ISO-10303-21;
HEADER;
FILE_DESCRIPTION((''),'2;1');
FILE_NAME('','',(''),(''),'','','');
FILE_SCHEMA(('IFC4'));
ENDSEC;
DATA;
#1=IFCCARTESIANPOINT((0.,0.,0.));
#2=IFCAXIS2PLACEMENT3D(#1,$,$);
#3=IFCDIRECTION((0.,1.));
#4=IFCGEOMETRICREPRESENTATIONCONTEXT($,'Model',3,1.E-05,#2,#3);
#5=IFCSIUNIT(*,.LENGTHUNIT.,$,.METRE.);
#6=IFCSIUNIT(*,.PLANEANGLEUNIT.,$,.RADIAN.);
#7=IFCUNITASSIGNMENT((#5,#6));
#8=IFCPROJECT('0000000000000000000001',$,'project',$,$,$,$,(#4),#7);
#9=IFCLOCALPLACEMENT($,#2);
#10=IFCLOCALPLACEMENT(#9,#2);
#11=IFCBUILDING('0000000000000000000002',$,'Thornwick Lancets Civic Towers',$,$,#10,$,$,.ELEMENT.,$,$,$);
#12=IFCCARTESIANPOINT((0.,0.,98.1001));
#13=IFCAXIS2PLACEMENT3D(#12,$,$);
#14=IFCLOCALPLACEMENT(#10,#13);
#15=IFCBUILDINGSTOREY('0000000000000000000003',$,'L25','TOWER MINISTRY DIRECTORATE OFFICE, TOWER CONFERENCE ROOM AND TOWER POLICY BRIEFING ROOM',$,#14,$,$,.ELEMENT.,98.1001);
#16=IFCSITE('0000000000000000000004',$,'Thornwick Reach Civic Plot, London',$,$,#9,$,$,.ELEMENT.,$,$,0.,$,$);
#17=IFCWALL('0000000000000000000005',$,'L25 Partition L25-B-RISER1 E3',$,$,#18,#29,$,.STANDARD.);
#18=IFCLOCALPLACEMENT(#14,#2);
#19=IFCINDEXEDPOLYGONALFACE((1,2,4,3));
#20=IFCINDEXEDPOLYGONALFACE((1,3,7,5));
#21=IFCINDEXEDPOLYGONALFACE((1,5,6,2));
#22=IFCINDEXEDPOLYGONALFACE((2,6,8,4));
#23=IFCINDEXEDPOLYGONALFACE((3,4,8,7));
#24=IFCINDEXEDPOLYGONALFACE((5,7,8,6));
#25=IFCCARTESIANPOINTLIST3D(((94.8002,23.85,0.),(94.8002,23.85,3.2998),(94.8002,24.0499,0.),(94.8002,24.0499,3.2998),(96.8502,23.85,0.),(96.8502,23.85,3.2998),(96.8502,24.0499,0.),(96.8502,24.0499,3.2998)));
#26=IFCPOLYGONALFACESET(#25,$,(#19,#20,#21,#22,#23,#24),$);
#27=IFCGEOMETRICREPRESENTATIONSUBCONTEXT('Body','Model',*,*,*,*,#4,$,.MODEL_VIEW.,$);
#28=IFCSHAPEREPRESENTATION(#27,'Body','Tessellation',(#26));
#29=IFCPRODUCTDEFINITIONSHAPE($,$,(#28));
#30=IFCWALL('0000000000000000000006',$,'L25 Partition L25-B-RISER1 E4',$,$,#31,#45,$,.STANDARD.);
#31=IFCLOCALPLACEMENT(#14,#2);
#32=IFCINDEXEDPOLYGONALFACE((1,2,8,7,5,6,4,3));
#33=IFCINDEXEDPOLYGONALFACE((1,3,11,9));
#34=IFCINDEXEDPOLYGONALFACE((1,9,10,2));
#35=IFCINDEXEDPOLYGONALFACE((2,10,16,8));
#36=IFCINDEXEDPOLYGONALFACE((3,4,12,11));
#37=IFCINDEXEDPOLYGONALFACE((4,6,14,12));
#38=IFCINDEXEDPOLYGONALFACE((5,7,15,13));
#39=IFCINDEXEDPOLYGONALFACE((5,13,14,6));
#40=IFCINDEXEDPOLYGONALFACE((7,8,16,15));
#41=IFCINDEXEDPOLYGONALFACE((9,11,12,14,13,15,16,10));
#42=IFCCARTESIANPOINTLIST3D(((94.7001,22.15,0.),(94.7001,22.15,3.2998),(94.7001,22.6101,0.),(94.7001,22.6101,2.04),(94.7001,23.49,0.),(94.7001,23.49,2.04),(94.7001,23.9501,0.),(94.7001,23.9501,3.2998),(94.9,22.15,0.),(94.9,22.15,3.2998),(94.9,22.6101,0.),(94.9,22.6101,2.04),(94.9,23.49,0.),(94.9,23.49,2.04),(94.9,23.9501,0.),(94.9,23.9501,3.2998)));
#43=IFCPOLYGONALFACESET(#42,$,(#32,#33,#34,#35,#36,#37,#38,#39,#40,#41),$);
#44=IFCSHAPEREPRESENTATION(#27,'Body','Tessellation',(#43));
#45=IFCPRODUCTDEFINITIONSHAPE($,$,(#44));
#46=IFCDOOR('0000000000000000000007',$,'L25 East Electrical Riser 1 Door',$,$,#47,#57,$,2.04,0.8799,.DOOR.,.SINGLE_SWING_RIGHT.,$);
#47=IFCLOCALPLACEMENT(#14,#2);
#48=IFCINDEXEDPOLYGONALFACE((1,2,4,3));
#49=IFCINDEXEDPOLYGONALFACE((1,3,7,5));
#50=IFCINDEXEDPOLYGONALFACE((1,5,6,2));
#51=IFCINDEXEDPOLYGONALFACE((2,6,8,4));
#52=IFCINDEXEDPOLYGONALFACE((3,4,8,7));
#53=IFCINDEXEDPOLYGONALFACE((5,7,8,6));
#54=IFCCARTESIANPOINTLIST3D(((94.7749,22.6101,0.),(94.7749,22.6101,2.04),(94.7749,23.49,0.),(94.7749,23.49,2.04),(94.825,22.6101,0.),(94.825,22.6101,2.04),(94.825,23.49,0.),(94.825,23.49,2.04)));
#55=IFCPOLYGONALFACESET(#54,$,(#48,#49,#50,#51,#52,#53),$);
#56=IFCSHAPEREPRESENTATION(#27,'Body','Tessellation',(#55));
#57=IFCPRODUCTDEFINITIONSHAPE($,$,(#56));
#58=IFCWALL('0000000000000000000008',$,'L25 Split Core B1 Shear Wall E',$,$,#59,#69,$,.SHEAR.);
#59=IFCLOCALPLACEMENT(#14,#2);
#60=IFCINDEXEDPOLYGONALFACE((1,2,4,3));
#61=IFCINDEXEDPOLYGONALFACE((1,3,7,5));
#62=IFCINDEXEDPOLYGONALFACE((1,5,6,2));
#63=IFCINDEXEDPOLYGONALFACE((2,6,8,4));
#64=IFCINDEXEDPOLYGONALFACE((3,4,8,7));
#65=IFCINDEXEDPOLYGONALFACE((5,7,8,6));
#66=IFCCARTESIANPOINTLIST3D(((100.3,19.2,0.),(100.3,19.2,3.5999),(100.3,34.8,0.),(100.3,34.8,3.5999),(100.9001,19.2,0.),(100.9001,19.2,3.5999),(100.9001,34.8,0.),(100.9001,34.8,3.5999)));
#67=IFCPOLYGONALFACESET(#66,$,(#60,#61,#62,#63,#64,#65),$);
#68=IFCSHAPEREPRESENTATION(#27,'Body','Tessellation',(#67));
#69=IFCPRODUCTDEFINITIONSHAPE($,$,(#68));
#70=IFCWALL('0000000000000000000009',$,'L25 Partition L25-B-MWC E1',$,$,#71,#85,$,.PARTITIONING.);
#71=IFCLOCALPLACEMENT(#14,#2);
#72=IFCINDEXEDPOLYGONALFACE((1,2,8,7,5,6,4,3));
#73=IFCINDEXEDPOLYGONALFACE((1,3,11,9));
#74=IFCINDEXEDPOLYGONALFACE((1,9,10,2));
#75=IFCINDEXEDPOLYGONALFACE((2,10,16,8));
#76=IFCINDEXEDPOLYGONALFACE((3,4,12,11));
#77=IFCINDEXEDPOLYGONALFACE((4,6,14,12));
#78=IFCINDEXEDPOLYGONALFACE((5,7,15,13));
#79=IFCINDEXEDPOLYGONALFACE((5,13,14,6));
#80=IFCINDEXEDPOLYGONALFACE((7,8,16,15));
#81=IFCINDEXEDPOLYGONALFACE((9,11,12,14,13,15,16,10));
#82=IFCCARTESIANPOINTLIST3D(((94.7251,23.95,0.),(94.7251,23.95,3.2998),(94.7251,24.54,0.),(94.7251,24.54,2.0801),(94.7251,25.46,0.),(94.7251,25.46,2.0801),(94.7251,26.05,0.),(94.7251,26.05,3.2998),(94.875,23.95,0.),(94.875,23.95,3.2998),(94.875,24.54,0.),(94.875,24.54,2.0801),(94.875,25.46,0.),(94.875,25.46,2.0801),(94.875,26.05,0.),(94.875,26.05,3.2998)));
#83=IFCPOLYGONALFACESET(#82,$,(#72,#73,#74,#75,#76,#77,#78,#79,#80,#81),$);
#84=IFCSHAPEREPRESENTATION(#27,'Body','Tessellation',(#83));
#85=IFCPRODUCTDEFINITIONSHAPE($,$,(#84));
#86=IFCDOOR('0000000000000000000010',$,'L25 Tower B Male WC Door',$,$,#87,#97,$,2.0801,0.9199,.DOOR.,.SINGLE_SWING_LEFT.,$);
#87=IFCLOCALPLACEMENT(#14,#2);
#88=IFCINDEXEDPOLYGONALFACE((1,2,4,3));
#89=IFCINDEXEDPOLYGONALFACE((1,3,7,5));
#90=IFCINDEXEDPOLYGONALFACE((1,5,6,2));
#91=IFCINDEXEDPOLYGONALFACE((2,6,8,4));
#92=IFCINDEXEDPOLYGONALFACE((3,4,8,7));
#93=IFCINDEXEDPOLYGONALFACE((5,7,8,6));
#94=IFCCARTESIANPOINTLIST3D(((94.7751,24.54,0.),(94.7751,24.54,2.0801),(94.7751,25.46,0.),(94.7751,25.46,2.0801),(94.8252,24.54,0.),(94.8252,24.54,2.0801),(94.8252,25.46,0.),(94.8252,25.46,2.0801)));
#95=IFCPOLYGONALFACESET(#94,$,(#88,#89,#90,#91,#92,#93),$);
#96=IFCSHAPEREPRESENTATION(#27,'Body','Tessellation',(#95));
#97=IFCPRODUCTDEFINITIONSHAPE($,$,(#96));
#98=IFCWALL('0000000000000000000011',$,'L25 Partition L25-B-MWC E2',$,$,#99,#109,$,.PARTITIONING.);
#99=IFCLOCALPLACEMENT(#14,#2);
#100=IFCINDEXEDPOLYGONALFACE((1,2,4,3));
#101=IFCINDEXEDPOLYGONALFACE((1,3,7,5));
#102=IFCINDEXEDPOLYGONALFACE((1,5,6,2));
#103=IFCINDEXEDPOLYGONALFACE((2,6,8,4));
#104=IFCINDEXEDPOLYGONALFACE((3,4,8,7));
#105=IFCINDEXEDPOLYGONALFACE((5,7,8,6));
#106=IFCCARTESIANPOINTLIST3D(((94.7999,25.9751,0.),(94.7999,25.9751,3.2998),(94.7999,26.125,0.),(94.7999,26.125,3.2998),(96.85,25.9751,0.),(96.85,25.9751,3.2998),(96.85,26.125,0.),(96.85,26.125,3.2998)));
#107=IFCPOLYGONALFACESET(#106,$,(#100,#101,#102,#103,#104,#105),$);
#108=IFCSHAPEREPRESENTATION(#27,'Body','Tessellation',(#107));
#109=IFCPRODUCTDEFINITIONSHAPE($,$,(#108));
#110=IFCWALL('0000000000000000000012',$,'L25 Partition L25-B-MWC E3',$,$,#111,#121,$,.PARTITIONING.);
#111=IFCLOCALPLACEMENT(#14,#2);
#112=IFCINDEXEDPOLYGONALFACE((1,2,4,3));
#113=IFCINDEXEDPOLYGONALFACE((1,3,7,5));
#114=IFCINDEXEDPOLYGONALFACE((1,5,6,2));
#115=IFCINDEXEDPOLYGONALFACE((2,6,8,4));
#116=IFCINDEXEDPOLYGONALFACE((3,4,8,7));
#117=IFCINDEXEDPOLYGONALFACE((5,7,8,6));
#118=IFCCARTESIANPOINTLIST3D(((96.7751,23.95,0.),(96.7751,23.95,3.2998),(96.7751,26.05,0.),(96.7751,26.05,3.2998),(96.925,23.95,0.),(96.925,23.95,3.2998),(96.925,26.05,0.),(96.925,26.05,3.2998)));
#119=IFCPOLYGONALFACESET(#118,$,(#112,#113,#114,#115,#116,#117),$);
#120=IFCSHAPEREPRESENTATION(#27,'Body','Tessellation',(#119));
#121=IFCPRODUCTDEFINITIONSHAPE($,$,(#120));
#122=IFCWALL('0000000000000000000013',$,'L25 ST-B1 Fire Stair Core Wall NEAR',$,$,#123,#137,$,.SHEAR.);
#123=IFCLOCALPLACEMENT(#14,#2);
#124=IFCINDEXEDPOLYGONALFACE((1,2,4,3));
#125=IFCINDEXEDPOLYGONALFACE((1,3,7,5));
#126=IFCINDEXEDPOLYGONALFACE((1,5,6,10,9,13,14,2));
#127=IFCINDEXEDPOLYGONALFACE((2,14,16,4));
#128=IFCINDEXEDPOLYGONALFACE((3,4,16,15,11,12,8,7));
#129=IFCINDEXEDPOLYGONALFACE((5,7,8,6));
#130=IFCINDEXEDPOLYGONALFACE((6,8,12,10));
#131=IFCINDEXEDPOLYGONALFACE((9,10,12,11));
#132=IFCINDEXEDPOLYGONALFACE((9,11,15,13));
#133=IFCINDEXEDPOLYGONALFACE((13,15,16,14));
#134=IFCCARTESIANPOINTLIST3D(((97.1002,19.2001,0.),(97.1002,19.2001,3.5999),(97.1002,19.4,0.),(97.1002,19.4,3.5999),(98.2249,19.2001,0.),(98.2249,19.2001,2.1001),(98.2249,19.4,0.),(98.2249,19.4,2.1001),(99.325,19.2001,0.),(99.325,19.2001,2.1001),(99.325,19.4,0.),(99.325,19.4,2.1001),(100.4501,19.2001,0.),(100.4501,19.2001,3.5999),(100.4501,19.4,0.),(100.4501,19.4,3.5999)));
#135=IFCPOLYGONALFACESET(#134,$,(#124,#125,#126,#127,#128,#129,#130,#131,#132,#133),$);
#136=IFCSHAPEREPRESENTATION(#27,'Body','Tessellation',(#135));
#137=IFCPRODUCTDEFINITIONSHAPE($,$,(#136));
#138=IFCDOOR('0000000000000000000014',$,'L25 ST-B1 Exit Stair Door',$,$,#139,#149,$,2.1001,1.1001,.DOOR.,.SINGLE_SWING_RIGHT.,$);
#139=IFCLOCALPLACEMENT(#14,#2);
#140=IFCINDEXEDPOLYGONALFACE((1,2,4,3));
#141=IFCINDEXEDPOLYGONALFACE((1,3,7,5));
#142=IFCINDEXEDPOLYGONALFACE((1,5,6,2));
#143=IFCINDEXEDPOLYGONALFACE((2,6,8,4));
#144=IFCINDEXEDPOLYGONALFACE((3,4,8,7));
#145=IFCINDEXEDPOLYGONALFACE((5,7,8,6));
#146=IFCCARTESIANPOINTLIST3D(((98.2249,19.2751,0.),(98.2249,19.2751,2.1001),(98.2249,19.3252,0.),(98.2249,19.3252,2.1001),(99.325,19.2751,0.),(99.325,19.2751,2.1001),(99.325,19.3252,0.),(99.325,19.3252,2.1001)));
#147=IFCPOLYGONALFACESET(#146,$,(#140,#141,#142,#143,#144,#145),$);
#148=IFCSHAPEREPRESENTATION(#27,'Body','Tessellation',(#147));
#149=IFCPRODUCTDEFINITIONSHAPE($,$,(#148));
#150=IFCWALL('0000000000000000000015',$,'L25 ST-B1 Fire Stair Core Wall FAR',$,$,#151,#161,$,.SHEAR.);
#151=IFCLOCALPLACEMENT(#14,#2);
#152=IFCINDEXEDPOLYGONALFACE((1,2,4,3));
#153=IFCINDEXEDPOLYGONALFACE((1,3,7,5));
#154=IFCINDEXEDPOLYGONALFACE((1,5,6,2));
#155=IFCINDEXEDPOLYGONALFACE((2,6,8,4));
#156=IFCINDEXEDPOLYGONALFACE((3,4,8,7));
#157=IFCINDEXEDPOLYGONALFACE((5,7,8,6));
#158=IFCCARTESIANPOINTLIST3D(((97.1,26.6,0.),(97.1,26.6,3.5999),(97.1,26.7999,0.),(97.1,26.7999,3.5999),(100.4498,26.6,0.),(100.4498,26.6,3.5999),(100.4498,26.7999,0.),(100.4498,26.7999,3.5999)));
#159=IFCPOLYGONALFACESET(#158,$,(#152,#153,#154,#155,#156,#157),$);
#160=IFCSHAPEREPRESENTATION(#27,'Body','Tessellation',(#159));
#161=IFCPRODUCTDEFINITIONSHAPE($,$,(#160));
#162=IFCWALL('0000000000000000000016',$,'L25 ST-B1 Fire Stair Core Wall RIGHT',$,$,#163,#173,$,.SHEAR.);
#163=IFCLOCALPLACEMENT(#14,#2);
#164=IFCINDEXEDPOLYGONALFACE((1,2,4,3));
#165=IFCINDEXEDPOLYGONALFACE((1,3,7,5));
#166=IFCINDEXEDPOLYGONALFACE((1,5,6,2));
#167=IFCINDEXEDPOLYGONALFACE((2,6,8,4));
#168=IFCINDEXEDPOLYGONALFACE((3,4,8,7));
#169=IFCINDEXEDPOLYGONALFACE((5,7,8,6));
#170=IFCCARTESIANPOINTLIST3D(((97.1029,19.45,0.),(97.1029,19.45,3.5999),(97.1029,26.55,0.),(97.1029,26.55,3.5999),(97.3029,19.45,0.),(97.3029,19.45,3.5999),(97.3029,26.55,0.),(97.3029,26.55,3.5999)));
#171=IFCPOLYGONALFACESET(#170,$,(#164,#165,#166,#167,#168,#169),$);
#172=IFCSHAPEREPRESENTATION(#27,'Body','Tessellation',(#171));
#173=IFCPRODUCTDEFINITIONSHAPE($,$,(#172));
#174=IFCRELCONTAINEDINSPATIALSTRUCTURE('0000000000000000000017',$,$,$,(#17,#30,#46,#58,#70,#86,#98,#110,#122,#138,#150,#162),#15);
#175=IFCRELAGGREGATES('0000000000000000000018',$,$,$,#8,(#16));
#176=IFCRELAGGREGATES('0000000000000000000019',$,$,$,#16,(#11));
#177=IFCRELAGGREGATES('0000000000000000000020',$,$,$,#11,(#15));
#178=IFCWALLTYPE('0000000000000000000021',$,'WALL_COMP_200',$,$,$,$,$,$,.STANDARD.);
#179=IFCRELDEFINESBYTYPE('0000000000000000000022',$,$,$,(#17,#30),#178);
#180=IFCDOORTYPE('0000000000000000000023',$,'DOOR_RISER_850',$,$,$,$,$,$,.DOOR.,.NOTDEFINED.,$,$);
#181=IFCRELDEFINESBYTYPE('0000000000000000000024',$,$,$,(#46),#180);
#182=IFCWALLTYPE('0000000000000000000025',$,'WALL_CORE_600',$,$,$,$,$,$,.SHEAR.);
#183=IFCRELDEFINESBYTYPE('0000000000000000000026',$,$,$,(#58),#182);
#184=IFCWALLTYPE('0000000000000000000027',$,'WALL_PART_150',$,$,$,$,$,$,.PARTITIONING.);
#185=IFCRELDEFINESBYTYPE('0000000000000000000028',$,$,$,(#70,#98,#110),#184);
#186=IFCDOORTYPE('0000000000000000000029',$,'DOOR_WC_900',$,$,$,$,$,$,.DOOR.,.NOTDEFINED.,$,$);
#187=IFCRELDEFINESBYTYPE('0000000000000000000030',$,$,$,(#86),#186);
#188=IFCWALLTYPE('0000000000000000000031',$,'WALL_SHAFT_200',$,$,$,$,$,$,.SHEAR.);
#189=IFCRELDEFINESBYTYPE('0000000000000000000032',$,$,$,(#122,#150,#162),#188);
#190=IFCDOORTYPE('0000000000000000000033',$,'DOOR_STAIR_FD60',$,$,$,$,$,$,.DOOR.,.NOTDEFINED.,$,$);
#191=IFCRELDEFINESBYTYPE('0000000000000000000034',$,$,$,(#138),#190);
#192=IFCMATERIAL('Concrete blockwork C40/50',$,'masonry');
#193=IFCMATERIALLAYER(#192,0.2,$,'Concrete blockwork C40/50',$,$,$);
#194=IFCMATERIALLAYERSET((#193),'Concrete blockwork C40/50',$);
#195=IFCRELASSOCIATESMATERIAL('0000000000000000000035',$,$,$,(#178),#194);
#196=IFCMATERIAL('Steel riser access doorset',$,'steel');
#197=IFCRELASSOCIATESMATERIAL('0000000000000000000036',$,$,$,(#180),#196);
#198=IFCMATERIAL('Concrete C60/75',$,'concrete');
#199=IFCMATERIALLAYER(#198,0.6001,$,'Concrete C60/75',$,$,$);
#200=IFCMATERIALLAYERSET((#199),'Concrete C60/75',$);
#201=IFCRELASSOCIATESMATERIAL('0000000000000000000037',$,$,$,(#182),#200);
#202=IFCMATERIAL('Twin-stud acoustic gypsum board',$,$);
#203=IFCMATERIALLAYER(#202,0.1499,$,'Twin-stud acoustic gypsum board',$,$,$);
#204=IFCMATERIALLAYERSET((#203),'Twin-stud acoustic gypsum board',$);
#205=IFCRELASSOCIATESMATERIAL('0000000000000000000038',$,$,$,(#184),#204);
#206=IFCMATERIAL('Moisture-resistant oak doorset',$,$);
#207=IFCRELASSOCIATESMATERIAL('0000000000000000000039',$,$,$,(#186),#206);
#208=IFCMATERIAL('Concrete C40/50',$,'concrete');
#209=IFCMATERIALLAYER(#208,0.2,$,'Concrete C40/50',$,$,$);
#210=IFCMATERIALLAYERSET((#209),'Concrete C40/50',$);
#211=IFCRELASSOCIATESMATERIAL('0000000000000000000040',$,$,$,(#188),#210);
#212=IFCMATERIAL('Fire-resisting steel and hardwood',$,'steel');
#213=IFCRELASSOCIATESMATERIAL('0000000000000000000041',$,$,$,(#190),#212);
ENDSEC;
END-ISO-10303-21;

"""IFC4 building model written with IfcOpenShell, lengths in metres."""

from ifc_helpers import new_model, si_unit, direction, frame, frame_2d, origin, place, context, subcontext, project, spatial, rectangle, extrude, material, layer, layer_set, type_object, element, fill, save


model = new_model("IFC4")

# Units and contexts
model_context = context("Model", 3, precision=1e-05, world=origin(), true_north=direction((0.0, 1.0)))
body_context = subcontext(model_context, "Body", "Model", "MODEL_VIEW")
ifc_project = project(units=[si_unit("LENGTHUNIT", "METRE"), si_unit("PLANEANGLEUNIT", "RADIAN")], contexts=[model_context])

# Site, building, storey
site_placement = place(None, origin())
site = spatial("IfcSite", under=ifc_project, at=site_placement, Name="Thornwick Reach Civic Plot, London", CompositionType="ELEMENT", RefElevation=0.0)
building_placement = place(site_placement, origin())
building = spatial("IfcBuilding", under=site, at=building_placement, Name="Thornwick Lancets Civic Towers", CompositionType="ELEMENT")
storey_placement = place(building_placement, frame((0.0, 0.0, 98.1001)))
storey = spatial("IfcBuildingStorey", under=building, at=storey_placement, Name="L25", Description="TOWER MINISTRY DIRECTORATE OFFICE, TOWER CONFERENCE ROOM AND TOWER POLICY BRIEFING ROOM", CompositionType="ELEMENT", Elevation=98.1001)

# Shared definitions
ifc_material_1 = material(Name="Concrete C60/75", Category="concrete")

# Shared definitions
ifc_material_2 = material(Name="Concrete C40/50", Category="concrete")

# Shared definitions
ifc_material_3 = material(Name="Concrete blockwork C40/50", Category="masonry")
ifc_layer_1 = layer(ifc_material_3, 0.2, Name="Concrete blockwork C40/50")
ifc_layer_set_1 = layer_set([ifc_layer_1], Name="Concrete blockwork C40/50")
wall_type_1 = type_object("IfcWallType", Name="WALL_COMP_200", PredefinedType="STANDARD", material=ifc_layer_set_1)

# Wall
wall_1_placement = place(storey_placement, frame((96.8501, 23.95, 0.0), z_axis=(0.0, 0.0, 1.0), x_axis=(-1.0, 0.0, 0.0)))
element("IfcWall", 1, at=wall_1_placement, inside=storey, type_object=wall_type_1, Name="L25 Partition L25-B-RISER1 E3", PredefinedType="STANDARD", context=body_context, shape_type="SweptSolid", body=[
    extrude(rectangle(XDim=2.05, YDim=0.2, at=frame_2d((1.0249, 0.0))), origin(), (0.0, 0.0, 1.0), 3.2998),
])

# Wall, opening, door
wall_2_placement = place(storey_placement, frame((94.8, 23.95, 0.0), z_axis=(0.0, 0.0, 1.0), x_axis=(0.0, -1.0, 0.0)))
wall_2 = element("IfcWall", 2, at=wall_2_placement, inside=storey, type_object=wall_type_1, Name="L25 Partition L25-B-RISER1 E4", PredefinedType="STANDARD", context=body_context, shape_type="SweptSolid", body=[
    extrude(rectangle(XDim=1.8, YDim=0.2, at=frame_2d((0.8999, 0.0))), origin(), (0.0, 0.0, 1.0), 3.2998),
])
opening_1_placement = place(wall_2_placement, frame((0.46, 0.0, 0.0)))
opening_1 = element("IfcOpeningElement", 3, at=opening_1_placement, cuts=wall_2, PredefinedType="OPENING", context=body_context, shape_type="SweptSolid", body=[
    extrude(rectangle(XDim=0.8799, YDim=2.04, at=frame_2d((0.4399, 1.02))), frame((0.0, 0.1099, 0.0), z_axis=(0.0, -1.0, 0.0), x_axis=(1.0, 0.0, 0.0)), (0.0, 0.0, 1.0), 0.22),
])
ifc_material_4 = material(Name="Steel riser access doorset", Category="steel")
door_type_1 = type_object("IfcDoorType", Name="DOOR_RISER_850", OperationType="NOTDEFINED", PredefinedType="DOOR", material=ifc_material_4)
door_1_placement = place(opening_1_placement, origin())
door_1 = element("IfcDoor", 4, at=door_1_placement, inside=storey, type_object=door_type_1, Name="L25 East Electrical Riser 1 Door", OperationType="SINGLE_SWING_RIGHT", OverallHeight=2.04, OverallWidth=0.8799, PredefinedType="DOOR", context=body_context, shape_type="SweptSolid", body=[
    extrude(rectangle(XDim=0.8799, YDim=2.04, at=frame_2d((0.4399, 1.02))), frame((0.0, 0.0249, 0.0), z_axis=(0.0, -1.0, 0.0), x_axis=(1.0, 0.0, 0.0)), (0.0, 0.0, 1.0), 0.05),
])
fill(opening_1, door_1)

# Wall
ifc_layer_2 = layer(ifc_material_1, 0.6001, Name="Concrete C60/75")
ifc_layer_set_2 = layer_set([ifc_layer_2], Name="Concrete C60/75")
wall_type_2 = type_object("IfcWallType", Name="WALL_CORE_600", PredefinedType="SHEAR", material=ifc_layer_set_2)
wall_3_placement = place(storey_placement, frame((100.6001, 19.2, 0.0), z_axis=(0.0, 0.0, 1.0), x_axis=(0.0, 1.0, 0.0)))
element("IfcWall", 5, at=wall_3_placement, inside=storey, type_object=wall_type_2, Name="L25 Split Core B1 Shear Wall E", PredefinedType="SHEAR", context=body_context, shape_type="SweptSolid", body=[
    extrude(rectangle(XDim=15.6001, YDim=0.6001, at=frame_2d((7.8, 0.0))), origin(), (0.0, 0.0, 1.0), 3.5999),
])

# Wall, opening, door
ifc_material_5 = material(Name="Twin-stud acoustic gypsum board")
ifc_layer_3 = layer(ifc_material_5, 0.1499, Name="Twin-stud acoustic gypsum board")
ifc_layer_set_3 = layer_set([ifc_layer_3], Name="Twin-stud acoustic gypsum board")
wall_type_3 = type_object("IfcWallType", Name="WALL_PART_150", PredefinedType="PARTITIONING", material=ifc_layer_set_3)
wall_4_placement = place(storey_placement, frame((94.8, 23.95, 0.0), z_axis=(0.0, 0.0, 1.0), x_axis=(0.0, 1.0, 0.0)))
wall_4 = element("IfcWall", 6, at=wall_4_placement, inside=storey, type_object=wall_type_3, Name="L25 Partition L25-B-MWC E1", PredefinedType="PARTITIONING", context=body_context, shape_type="SweptSolid", body=[
    extrude(rectangle(XDim=2.1001, YDim=0.1499, at=frame_2d((1.05, 0.0))), origin(), (0.0, 0.0, 1.0), 3.2998),
])
opening_2_placement = place(wall_4_placement, frame((0.5901, 0.0, 0.0)))
opening_2 = element("IfcOpeningElement", 7, at=opening_2_placement, cuts=wall_4, PredefinedType="OPENING", context=body_context, shape_type="SweptSolid", body=[
    extrude(rectangle(XDim=0.9199, YDim=2.0801, at=frame_2d((0.46, 1.04))), frame((0.0, 0.085, 0.0), z_axis=(0.0, -1.0, 0.0), x_axis=(1.0, 0.0, 0.0)), (0.0, 0.0, 1.0), 0.1699),
])
ifc_material_6 = material(Name="Moisture-resistant oak doorset")
door_type_2 = type_object("IfcDoorType", Name="DOOR_WC_900", OperationType="NOTDEFINED", PredefinedType="DOOR", material=ifc_material_6)
door_2_placement = place(opening_2_placement, origin())
door_2 = element("IfcDoor", 8, at=door_2_placement, inside=storey, type_object=door_type_2, Name="L25 Tower B Male WC Door", OperationType="SINGLE_SWING_LEFT", OverallHeight=2.0801, OverallWidth=0.9199, PredefinedType="DOOR", context=body_context, shape_type="SweptSolid", body=[
    extrude(rectangle(XDim=0.9199, YDim=2.0801, at=frame_2d((0.46, 1.04))), frame((0.0, 0.0249, 0.0), z_axis=(0.0, -1.0, 0.0), x_axis=(1.0, 0.0, 0.0)), (0.0, 0.0, 1.0), 0.05),
])
fill(opening_2, door_2)

# Walls
wall_5_placement = place(storey_placement, frame((94.8, 26.05, 0.0), z_axis=(0.0, 0.0, 1.0), x_axis=(1.0, 0.0, 0.0)))
element("IfcWall", 9, at=wall_5_placement, inside=storey, type_object=wall_type_3, Name="L25 Partition L25-B-MWC E2", PredefinedType="PARTITIONING", context=body_context, shape_type="SweptSolid", body=[
    extrude(rectangle(XDim=2.05, YDim=0.1499, at=frame_2d((1.0249, 0.0))), origin(), (0.0, 0.0, 1.0), 3.2998),
])
wall_6_placement = place(storey_placement, frame((96.8501, 26.05, 0.0), z_axis=(0.0, 0.0, 1.0), x_axis=(0.0, -1.0, 0.0)))
element("IfcWall", 10, at=wall_6_placement, inside=storey, type_object=wall_type_3, Name="L25 Partition L25-B-MWC E3", PredefinedType="PARTITIONING", context=body_context, shape_type="SweptSolid", body=[
    extrude(rectangle(XDim=2.1001, YDim=0.1499, at=frame_2d((1.05, 0.0))), origin(), (0.0, 0.0, 1.0), 3.2998),
])

# Wall, opening, door
ifc_layer_4 = layer(ifc_material_2, 0.2, Name="Concrete C40/50")
ifc_layer_set_4 = layer_set([ifc_layer_4], Name="Concrete C40/50")
wall_type_4 = type_object("IfcWallType", Name="WALL_SHAFT_200", PredefinedType="SHEAR", material=ifc_layer_set_4)
wall_7_placement = place(storey_placement, frame((100.45, 19.3, 0.0), z_axis=(0.0, 0.0, 1.0), x_axis=(-1.0, 0.0, 0.0)))
wall_7 = element("IfcWall", 11, at=wall_7_placement, inside=storey, type_object=wall_type_4, Name="L25 ST-B1 Fire Stair Core Wall NEAR", PredefinedType="SHEAR", context=body_context, shape_type="SweptSolid", body=[
    extrude(rectangle(XDim=3.3499, YDim=0.2, at=frame_2d((1.6748, 0.0))), origin(), (0.0, 0.0, 1.0), 3.5999),
])
opening_3_placement = place(wall_7_placement, frame((1.125, 0.0, 0.0)))
opening_3 = element("IfcOpeningElement", 12, at=opening_3_placement, cuts=wall_7, PredefinedType="OPENING", context=body_context, shape_type="SweptSolid", body=[
    extrude(rectangle(XDim=1.1001, YDim=2.1001, at=frame_2d((0.55, 1.05))), frame((0.0, 0.1099, 0.0), z_axis=(0.0, -1.0, 0.0), x_axis=(1.0, 0.0, 0.0)), (0.0, 0.0, 1.0), 0.22),
])
ifc_material_7 = material(Name="Fire-resisting steel and hardwood", Category="steel")
door_type_3 = type_object("IfcDoorType", Name="DOOR_STAIR_FD60", OperationType="NOTDEFINED", PredefinedType="DOOR", material=ifc_material_7)
door_3_placement = place(opening_3_placement, origin())
door_3 = element("IfcDoor", 13, at=door_3_placement, inside=storey, type_object=door_type_3, Name="L25 ST-B1 Exit Stair Door", OperationType="SINGLE_SWING_RIGHT", OverallHeight=2.1001, OverallWidth=1.1001, PredefinedType="DOOR", context=body_context, shape_type="SweptSolid", body=[
    extrude(rectangle(XDim=1.1001, YDim=2.1001, at=frame_2d((0.55, 1.05))), frame((0.0, 0.0249, 0.0), z_axis=(0.0, -1.0, 0.0), x_axis=(1.0, 0.0, 0.0)), (0.0, 0.0, 1.0), 0.05),
])
fill(opening_3, door_3)

# Walls
wall_8_placement = place(storey_placement, frame((97.1001, 26.7, 0.0), z_axis=(0.0, 0.0, 1.0), x_axis=(1.0, 0.0, 0.0)))
element("IfcWall", 14, at=wall_8_placement, inside=storey, type_object=wall_type_4, Name="L25 ST-B1 Fire Stair Core Wall FAR", PredefinedType="SHEAR", context=body_context, shape_type="SweptSolid", body=[
    extrude(rectangle(XDim=3.3499, YDim=0.2, at=frame_2d((1.6748, 0.0))), origin(), (0.0, 0.0, 1.0), 3.5999),
])
wall_9_placement = place(storey_placement, frame((97.2029, 26.55, 0.0), z_axis=(0.0, 0.0, 1.0), x_axis=(0.0, -1.0, 0.0)))
element("IfcWall", 15, at=wall_9_placement, inside=storey, type_object=wall_type_4, Name="L25 ST-B1 Fire Stair Core Wall RIGHT", PredefinedType="SHEAR", context=body_context, shape_type="SweptSolid", body=[
    extrude(rectangle(XDim=7.1001, YDim=0.2, at=frame_2d((3.55, 0.0))), origin(), (0.0, 0.0, 1.0), 3.5999),
])

save(model, "model.ifc")
